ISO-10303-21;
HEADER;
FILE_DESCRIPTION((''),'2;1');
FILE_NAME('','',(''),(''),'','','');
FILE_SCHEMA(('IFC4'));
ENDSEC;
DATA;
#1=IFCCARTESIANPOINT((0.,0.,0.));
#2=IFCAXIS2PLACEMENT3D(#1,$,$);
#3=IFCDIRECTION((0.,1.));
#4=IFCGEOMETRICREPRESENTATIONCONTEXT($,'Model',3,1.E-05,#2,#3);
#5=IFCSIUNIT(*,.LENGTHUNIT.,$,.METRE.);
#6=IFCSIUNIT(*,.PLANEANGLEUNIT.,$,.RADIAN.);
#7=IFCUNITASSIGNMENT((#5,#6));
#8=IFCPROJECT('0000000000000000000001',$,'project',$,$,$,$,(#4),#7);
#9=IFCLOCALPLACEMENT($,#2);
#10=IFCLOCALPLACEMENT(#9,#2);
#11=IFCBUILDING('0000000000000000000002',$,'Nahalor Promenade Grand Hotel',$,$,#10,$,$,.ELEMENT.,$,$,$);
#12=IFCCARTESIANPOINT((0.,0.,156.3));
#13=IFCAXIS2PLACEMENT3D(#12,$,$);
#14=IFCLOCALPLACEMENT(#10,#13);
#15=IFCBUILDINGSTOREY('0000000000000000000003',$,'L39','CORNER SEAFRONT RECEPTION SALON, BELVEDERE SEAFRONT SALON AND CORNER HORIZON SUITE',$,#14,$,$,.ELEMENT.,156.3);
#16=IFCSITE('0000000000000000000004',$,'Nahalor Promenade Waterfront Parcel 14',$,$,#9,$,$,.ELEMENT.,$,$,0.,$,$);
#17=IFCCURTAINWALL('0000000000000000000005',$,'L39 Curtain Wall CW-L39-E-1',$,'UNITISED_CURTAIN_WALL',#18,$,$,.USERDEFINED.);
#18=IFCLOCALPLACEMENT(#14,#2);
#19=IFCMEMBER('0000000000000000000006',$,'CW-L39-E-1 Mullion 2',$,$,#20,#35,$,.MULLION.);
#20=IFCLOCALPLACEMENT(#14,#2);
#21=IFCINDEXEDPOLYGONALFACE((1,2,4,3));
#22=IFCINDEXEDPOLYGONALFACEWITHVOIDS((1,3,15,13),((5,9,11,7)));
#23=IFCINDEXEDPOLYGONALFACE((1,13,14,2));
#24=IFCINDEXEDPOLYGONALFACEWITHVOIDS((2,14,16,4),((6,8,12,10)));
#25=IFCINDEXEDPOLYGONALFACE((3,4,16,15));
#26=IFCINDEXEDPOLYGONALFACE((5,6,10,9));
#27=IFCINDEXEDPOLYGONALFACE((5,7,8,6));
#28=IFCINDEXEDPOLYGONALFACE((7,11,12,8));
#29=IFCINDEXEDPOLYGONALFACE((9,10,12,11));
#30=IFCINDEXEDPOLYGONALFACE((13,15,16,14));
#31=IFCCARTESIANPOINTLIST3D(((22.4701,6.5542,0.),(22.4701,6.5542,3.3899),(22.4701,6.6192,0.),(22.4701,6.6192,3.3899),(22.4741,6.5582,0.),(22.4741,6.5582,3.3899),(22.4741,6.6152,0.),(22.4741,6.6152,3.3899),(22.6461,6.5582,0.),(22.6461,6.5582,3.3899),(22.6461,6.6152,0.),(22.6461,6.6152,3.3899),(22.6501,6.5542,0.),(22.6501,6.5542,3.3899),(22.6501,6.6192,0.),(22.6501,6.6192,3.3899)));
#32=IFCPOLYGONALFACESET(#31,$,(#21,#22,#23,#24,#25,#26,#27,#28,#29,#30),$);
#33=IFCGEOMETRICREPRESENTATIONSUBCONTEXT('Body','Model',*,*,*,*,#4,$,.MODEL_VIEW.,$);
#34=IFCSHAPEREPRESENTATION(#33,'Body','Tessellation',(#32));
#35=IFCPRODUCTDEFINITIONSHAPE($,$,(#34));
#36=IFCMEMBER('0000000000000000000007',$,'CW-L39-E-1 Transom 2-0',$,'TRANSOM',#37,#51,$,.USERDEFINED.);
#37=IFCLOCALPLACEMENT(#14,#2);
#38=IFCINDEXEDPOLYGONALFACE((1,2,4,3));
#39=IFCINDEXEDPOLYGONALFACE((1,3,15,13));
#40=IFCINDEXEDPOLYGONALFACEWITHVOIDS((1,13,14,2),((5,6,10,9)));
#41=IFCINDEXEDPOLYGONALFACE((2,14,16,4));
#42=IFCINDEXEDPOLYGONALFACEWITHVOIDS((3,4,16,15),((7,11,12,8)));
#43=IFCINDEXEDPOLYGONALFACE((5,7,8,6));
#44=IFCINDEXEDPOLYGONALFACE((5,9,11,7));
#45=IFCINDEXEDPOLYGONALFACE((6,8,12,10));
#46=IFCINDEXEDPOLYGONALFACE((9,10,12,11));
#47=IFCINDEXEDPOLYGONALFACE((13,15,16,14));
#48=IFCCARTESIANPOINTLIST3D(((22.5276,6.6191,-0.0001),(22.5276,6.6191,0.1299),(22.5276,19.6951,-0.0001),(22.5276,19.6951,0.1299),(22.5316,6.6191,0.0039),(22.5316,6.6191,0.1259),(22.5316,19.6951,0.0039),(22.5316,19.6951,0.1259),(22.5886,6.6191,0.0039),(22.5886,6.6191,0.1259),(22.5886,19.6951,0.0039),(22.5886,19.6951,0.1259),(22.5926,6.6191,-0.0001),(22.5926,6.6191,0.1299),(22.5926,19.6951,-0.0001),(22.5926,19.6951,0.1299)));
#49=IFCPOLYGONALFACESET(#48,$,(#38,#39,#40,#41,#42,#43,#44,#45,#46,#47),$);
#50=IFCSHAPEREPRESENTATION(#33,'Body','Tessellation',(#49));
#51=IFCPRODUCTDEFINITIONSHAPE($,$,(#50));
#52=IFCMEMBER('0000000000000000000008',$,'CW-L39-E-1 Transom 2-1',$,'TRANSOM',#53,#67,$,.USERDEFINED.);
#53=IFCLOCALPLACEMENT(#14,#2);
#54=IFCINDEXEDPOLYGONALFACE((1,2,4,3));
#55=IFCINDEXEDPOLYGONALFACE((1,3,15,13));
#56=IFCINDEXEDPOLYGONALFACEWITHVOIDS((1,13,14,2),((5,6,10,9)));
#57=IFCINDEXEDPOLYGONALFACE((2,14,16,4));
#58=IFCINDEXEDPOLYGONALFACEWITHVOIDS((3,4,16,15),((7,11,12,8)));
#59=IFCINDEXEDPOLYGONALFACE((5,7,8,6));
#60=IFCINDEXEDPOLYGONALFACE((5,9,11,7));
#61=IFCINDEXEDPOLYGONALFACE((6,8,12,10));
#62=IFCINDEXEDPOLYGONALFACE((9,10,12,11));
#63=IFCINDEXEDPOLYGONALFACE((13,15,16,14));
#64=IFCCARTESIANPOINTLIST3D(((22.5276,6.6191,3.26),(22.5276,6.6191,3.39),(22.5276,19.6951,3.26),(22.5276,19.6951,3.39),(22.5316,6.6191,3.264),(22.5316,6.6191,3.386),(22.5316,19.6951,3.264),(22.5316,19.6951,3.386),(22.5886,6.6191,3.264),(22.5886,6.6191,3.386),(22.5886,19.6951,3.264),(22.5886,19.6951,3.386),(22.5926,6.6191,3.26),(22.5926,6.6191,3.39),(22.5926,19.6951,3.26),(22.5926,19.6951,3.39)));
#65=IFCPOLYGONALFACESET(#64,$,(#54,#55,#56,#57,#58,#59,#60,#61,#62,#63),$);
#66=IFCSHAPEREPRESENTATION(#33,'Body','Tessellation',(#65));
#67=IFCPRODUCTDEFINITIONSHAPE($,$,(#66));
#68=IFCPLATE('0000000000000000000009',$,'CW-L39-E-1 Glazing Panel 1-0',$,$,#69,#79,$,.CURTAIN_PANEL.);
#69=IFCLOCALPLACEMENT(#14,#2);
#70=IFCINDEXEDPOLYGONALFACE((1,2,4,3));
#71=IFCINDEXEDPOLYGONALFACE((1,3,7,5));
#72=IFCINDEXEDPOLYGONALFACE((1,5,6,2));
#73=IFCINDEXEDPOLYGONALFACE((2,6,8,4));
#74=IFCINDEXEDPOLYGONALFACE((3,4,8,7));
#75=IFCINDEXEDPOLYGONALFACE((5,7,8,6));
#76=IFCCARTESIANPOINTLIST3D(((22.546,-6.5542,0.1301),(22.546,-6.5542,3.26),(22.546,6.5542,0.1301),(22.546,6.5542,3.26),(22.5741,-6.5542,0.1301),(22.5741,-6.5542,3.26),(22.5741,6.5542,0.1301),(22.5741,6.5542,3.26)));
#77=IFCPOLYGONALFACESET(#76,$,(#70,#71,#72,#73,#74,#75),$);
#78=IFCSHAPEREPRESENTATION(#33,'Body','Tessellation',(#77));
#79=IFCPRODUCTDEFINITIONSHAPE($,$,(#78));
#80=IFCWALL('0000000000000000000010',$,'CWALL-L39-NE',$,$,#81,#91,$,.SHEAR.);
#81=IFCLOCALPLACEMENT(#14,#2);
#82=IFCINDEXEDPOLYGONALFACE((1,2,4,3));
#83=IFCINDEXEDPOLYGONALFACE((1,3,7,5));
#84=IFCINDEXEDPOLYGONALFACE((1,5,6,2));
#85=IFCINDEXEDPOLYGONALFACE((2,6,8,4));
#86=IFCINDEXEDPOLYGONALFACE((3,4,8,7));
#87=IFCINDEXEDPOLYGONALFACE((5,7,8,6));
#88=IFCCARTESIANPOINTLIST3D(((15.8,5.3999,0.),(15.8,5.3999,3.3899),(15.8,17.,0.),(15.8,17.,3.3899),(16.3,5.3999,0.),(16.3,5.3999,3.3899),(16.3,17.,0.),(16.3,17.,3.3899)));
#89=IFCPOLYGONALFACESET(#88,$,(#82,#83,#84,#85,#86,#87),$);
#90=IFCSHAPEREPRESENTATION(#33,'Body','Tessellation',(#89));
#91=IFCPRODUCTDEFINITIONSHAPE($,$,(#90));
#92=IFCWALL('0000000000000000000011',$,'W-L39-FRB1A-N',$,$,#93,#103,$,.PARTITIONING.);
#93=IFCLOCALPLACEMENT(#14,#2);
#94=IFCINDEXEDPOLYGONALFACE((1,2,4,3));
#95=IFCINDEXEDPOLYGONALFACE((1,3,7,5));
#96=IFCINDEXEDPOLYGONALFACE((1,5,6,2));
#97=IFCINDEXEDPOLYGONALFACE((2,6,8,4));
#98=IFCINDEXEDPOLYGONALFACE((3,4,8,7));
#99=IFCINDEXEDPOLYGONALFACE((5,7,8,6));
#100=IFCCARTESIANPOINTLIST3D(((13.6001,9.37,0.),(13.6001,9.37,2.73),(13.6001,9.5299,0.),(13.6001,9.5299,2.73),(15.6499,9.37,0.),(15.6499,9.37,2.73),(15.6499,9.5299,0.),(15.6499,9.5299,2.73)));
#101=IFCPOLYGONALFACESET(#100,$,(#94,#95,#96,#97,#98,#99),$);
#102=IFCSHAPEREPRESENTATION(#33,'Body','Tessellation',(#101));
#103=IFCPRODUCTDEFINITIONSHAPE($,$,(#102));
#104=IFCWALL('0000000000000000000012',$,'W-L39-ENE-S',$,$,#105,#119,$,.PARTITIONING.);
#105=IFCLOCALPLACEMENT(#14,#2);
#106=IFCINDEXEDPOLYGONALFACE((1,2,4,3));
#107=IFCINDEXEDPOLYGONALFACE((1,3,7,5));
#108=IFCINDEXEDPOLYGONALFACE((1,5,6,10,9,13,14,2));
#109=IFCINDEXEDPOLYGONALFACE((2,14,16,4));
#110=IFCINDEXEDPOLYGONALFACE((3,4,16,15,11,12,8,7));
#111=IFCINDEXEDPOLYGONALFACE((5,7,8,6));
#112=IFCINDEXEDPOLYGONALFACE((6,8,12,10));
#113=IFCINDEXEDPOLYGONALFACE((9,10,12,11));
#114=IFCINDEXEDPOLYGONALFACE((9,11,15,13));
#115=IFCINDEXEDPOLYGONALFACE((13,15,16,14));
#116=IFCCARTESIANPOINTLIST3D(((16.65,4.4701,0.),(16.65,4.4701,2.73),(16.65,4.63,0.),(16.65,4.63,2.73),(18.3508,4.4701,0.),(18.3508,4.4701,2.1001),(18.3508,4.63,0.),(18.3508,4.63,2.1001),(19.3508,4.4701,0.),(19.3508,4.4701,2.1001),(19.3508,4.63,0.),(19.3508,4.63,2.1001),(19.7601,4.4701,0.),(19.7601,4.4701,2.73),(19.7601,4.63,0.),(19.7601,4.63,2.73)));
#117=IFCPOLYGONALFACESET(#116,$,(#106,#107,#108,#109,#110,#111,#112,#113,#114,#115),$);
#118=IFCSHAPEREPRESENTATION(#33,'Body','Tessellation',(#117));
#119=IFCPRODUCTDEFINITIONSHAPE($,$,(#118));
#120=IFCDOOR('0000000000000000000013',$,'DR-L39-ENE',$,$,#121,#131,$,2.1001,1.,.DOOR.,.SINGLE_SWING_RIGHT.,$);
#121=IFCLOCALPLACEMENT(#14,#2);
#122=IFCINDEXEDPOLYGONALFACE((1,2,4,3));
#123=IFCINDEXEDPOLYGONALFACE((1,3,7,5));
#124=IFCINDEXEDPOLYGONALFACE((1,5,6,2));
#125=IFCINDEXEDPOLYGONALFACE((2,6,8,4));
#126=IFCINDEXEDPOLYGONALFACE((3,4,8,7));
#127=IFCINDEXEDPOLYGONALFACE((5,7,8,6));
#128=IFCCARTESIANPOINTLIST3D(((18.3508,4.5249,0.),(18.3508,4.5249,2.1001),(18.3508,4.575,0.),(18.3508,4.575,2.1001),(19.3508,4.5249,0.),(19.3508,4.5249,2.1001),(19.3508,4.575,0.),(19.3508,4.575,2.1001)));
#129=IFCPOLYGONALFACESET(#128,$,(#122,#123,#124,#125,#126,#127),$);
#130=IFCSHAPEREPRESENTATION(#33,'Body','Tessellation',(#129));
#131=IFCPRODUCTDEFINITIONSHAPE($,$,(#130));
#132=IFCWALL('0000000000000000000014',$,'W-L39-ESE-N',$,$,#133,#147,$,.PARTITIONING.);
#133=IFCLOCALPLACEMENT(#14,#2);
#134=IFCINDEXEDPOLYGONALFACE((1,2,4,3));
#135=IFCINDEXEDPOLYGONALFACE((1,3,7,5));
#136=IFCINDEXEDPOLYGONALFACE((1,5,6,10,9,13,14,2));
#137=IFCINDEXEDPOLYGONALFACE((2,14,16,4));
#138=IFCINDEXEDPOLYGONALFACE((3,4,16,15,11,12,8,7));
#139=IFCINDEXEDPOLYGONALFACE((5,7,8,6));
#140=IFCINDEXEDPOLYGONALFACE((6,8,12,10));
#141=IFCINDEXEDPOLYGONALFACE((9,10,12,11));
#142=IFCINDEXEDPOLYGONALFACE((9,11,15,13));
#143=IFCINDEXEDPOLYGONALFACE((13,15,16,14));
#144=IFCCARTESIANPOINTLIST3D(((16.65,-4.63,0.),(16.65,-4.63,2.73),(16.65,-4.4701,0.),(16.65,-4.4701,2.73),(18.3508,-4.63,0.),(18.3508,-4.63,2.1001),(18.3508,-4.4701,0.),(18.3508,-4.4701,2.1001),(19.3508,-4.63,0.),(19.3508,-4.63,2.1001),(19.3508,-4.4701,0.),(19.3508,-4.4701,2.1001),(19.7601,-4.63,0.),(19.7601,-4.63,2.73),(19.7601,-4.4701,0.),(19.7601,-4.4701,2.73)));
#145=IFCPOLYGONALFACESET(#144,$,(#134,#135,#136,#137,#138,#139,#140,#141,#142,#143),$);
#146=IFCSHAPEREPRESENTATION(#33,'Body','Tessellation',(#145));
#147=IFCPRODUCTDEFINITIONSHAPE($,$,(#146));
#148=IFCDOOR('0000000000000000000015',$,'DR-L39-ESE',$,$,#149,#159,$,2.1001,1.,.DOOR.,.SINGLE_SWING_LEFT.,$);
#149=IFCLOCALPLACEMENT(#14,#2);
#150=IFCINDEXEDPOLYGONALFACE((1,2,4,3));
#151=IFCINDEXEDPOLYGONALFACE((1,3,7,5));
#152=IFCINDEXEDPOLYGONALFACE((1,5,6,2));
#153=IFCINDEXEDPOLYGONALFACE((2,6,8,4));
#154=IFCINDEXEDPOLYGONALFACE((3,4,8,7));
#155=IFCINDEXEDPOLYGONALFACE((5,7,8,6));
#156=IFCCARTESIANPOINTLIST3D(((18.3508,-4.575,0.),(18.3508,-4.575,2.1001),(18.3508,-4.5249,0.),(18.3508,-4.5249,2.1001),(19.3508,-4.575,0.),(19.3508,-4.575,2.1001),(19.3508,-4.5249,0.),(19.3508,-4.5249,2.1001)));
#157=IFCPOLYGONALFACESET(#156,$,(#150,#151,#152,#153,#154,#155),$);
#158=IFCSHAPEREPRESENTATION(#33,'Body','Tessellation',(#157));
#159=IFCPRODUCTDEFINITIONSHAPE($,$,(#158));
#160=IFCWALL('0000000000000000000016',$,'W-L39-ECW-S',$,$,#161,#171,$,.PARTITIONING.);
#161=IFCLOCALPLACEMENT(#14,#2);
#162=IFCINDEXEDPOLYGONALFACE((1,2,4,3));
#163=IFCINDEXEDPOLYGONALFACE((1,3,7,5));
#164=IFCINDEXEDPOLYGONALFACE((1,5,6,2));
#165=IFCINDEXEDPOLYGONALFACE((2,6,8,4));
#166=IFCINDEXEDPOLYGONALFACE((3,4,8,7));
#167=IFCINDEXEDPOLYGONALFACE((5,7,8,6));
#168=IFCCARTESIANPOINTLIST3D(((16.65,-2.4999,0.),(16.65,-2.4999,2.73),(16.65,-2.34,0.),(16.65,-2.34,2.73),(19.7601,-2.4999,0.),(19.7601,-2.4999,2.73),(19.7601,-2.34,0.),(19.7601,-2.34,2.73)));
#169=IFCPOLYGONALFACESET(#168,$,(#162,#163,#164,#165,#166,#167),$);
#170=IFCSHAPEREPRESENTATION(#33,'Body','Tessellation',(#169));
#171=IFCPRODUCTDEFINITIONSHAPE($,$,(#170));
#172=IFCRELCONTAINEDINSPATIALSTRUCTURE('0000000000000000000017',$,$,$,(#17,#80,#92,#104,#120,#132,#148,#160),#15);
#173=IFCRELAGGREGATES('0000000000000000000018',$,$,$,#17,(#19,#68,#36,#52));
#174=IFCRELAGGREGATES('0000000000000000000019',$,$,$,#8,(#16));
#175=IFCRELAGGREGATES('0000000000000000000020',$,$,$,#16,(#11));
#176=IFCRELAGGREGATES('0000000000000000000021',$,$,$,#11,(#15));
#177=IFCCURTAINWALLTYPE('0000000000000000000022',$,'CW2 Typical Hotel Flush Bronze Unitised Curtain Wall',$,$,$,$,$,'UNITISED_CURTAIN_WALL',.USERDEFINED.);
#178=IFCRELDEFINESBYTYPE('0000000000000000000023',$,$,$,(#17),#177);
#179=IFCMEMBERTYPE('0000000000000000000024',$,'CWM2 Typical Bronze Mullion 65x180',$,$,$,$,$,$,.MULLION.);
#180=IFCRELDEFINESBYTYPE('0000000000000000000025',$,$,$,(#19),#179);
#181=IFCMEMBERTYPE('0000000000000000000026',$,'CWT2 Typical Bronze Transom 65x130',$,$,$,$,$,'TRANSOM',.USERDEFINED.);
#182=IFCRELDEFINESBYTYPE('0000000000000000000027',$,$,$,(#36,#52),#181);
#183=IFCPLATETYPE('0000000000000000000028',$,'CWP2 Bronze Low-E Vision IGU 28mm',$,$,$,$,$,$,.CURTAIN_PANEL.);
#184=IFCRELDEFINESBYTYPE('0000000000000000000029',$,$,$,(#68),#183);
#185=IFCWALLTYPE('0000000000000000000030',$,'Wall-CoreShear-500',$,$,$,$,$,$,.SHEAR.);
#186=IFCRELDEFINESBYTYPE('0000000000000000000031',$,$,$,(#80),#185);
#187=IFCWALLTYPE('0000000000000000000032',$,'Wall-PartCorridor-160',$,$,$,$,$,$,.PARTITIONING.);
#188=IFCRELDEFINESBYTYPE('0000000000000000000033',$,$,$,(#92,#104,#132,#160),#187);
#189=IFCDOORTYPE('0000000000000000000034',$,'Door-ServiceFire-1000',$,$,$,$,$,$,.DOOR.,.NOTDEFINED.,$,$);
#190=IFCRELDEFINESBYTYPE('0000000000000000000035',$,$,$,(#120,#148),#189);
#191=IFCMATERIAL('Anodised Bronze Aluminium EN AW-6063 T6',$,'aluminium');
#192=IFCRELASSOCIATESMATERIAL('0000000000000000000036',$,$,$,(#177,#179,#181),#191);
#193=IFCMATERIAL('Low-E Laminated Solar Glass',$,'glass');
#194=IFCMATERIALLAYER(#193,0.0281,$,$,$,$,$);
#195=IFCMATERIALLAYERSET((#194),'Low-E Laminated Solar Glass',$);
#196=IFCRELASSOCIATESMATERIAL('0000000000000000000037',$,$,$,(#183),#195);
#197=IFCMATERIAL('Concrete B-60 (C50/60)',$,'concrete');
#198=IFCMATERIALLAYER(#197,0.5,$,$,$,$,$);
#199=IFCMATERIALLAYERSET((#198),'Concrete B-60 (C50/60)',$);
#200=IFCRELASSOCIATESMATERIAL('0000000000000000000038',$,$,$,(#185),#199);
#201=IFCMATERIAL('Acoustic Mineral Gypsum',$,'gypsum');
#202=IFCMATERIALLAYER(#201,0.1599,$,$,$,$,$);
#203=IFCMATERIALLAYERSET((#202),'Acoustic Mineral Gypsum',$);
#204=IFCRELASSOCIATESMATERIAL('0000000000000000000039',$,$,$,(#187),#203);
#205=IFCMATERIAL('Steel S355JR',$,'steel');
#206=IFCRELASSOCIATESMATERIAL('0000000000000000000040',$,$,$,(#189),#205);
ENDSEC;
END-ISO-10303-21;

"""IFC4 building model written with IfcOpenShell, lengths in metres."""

from ifc_helpers import new_model, si_unit, direction, frame, frame_2d, origin, origin_2d, place, context, subcontext, project, spatial, rectangle, hollow_rectangle, extrude, source, transform, mapped, material, layer, layer_set, material_profile, profile_set, type_object, element, fill, aggregate, save


model = new_model("IFC4")

# Units and contexts
model_context = context("Model", 3, precision=1e-05, world=origin(), true_north=direction((0.0, 1.0)))
body_context = subcontext(model_context, "Body", "Model", "MODEL_VIEW")
ifc_project = project(units=[si_unit("LENGTHUNIT", "METRE"), si_unit("PLANEANGLEUNIT", "RADIAN")], contexts=[model_context])

# Site, building, storey
site_placement = place(None, origin())
site = spatial("IfcSite", under=ifc_project, at=site_placement, Name="Nahalor Promenade Waterfront Parcel 14", CompositionType="ELEMENT", RefElevation=0.0)
building_placement = place(site_placement, origin())
building = spatial("IfcBuilding", under=site, at=building_placement, Name="Nahalor Promenade Grand Hotel", CompositionType="ELEMENT")
storey_placement = place(building_placement, frame((0.0, 0.0, 156.3)))
storey = spatial("IfcBuildingStorey", under=building, at=storey_placement, Name="L39", Description="CORNER SEAFRONT RECEPTION SALON, BELVEDERE SEAFRONT SALON AND CORNER HORIZON SUITE", CompositionType="ELEMENT", Elevation=156.3)

# Shared definitions
ifc_material_1 = material(Name="Steel S355JR", Category="steel")

# Curtain wall, members, plate
ifc_material_2 = material(Name="Anodised Bronze Aluminium EN AW-6063 T6", Category="aluminium")
curtain_wall_type = type_object("IfcCurtainWallType", Name="CW2 Typical Hotel Flush Bronze Unitised Curtain Wall", ElementType="UNITISED_CURTAIN_WALL", PredefinedType="USERDEFINED", material=ifc_material_2)
curtain_wall_placement = place(storey_placement, origin())
curtain_wall = element("IfcCurtainWall", 1, at=curtain_wall_placement, inside=storey, type_object=curtain_wall_type, Name="L39 Curtain Wall CW-L39-E-1", ObjectType="UNITISED_CURTAIN_WALL", PredefinedType="USERDEFINED")
ifc_material_profile_1 = material_profile(ifc_material_2, hollow_rectangle(XDim=0.065, YDim=0.18, WallThickness=0.004, at=origin_2d()), Name="CWM 65x180x4")
ifc_profile_set_1 = profile_set([ifc_material_profile_1], Name="Anodised Bronze Aluminium EN AW-6063 T6")
member_type_1 = type_object("IfcMemberType", Name="CWM2 Typical Bronze Mullion 65x180", PredefinedType="MULLION", material=ifc_profile_set_1)
shared_shape_1 = source(origin(), body_context, "Body", "SweptSolid", [
    extrude(hollow_rectangle(XDim=0.065, YDim=0.18, WallThickness=0.004, at=origin_2d()), origin(), (0.0, 0.0, 1.0), 3.3899),
])
member_1_placement = place(storey_placement, frame((22.5601, 6.5867, 0.0), z_axis=(0.0, 0.0, 1.0), x_axis=(0.0, 1.0, 0.0)))
member_1 = element("IfcMember", 2, at=member_1_placement, type_object=member_type_1, Name="CW-L39-E-1 Mullion 2", PredefinedType="MULLION", context=body_context, shape_type="MappedRepresentation", body=[
    mapped(shared_shape_1, transform((0.0, 0.0, 0.0), scale=1.0)),
])
ifc_material_profile_2 = material_profile(ifc_material_2, hollow_rectangle(XDim=0.065, YDim=0.13, WallThickness=0.004, at=origin_2d()), Name="CWT 65x130x4")
ifc_profile_set_2 = profile_set([ifc_material_profile_2], Name="Anodised Bronze Aluminium EN AW-6063 T6")
member_type_2 = type_object("IfcMemberType", Name="CWT2 Typical Bronze Transom 65x130", ElementType="TRANSOM", PredefinedType="USERDEFINED", material=ifc_profile_set_2)
shared_shape_2 = source(origin(), body_context, "Body", "SweptSolid", [
    extrude(hollow_rectangle(XDim=0.065, YDim=0.13, WallThickness=0.004, at=origin_2d()), origin(), (0.0, 0.0, 1.0), 13.0759),
])
member_2_placement = place(storey_placement, frame((22.5601, 6.6191, 0.0649), z_axis=(0.0, 1.0, 0.0), x_axis=(-1.0, 0.0, 0.0)))
member_2 = element("IfcMember", 3, at=member_2_placement, type_object=member_type_2, Name="CW-L39-E-1 Transom 2-0", ObjectType="TRANSOM", PredefinedType="USERDEFINED", context=body_context, shape_type="MappedRepresentation", body=[
    mapped(shared_shape_2, transform((0.0, 0.0, 0.0), scale=1.0)),
])
member_3_placement = place(storey_placement, frame((22.5601, 6.6191, 3.325), z_axis=(0.0, 1.0, 0.0), x_axis=(-1.0, 0.0, 0.0)))
member_3 = element("IfcMember", 4, at=member_3_placement, type_object=member_type_2, Name="CW-L39-E-1 Transom 2-1", ObjectType="TRANSOM", PredefinedType="USERDEFINED", context=body_context, shape_type="MappedRepresentation", body=[
    mapped(shared_shape_2, transform((0.0, 0.0, 0.0), scale=1.0)),
])
ifc_material_3 = material(Name="Low-E Laminated Solar Glass", Category="glass")
ifc_layer_1 = layer(ifc_material_3, 0.0281)
ifc_layer_set_1 = layer_set([ifc_layer_1], Name="Low-E Laminated Solar Glass")
plate_type = type_object("IfcPlateType", Name="CWP2 Bronze Low-E Vision IGU 28mm", PredefinedType="CURTAIN_PANEL", material=ifc_layer_set_1)
shared_shape_3 = source(origin(), body_context, "Body", "SweptSolid", [
    extrude(rectangle(XDim=13.1084, YDim=0.0281, at=origin_2d()), origin(), (0.0, 0.0, 1.0), 3.1299),
])
plate_placement = place(storey_placement, frame((22.5601, 0.0, 0.1301), z_axis=(0.0, 0.0, 1.0), x_axis=(0.0, 1.0, 0.0)))
plate = element("IfcPlate", 5, at=plate_placement, type_object=plate_type, Name="CW-L39-E-1 Glazing Panel 1-0", PredefinedType="CURTAIN_PANEL", context=body_context, shape_type="MappedRepresentation", body=[
    mapped(shared_shape_3, transform((0.0, 0.0, 0.0), scale=1.0)),
])
aggregate(curtain_wall, [member_1, plate, member_2, member_3])

# Walls
ifc_material_4 = material(Name="Concrete B-60 (C50/60)", Category="concrete")
ifc_layer_2 = layer(ifc_material_4, 0.5)
ifc_layer_set_2 = layer_set([ifc_layer_2], Name="Concrete B-60 (C50/60)")
wall_type_1 = type_object("IfcWallType", Name="Wall-CoreShear-500", PredefinedType="SHEAR", material=ifc_layer_set_2)
shared_shape_4 = source(origin(), body_context, "Body", "SweptSolid", [
    extrude(rectangle(XDim=11.6001, YDim=0.5, at=frame_2d((5.8, 0.0))), origin(), (0.0, 0.0, 1.0), 3.3899),
])
wall_1_placement = place(storey_placement, frame((16.05, 5.3999, 0.0), z_axis=(0.0, 0.0, 1.0), x_axis=(0.0, 1.0, 0.0)))
element("IfcWall", 6, at=wall_1_placement, inside=storey, type_object=wall_type_1, Name="CWALL-L39-NE", PredefinedType="SHEAR", context=body_context, shape_type="MappedRepresentation", body=[
    mapped(shared_shape_4, transform((0.0, 0.0, 0.0), scale=1.0)),
])
ifc_material_5 = material(Name="Acoustic Mineral Gypsum", Category="gypsum")
ifc_layer_3 = layer(ifc_material_5, 0.1599)
ifc_layer_set_3 = layer_set([ifc_layer_3], Name="Acoustic Mineral Gypsum")
wall_type_2 = type_object("IfcWallType", Name="Wall-PartCorridor-160", PredefinedType="PARTITIONING", material=ifc_layer_set_3)
shared_shape_5 = source(origin(), body_context, "Body", "SweptSolid", [
    extrude(rectangle(XDim=2.0498, YDim=0.1599, at=frame_2d((1.0249, 0.0))), origin(), (0.0, 0.0, 1.0), 2.73),
])
wall_2_placement = place(storey_placement, frame((13.6001, 9.45, 0.0), z_axis=(0.0, 0.0, 1.0), x_axis=(1.0, 0.0, 0.0)))
element("IfcWall", 7, at=wall_2_placement, inside=storey, type_object=wall_type_2, Name="W-L39-FRB1A-N", PredefinedType="PARTITIONING", context=body_context, shape_type="MappedRepresentation", body=[
    mapped(shared_shape_5, transform((0.0, 0.0, 0.0), scale=1.0)),
])

# Walls, openings, doors
shared_shape_6 = source(origin(), body_context, "Body", "SweptSolid", [
    extrude(rectangle(XDim=3.1101, YDim=0.1599, at=frame_2d((1.5552, 0.0))), origin(), (0.0, 0.0, 1.0), 2.73),
])
wall_3_placement = place(storey_placement, frame((16.6499, 4.55, 0.0), z_axis=(0.0, 0.0, 1.0), x_axis=(1.0, 0.0, 0.0)))
wall_3 = element("IfcWall", 8, at=wall_3_placement, inside=storey, type_object=wall_type_2, Name="W-L39-ENE-S", PredefinedType="PARTITIONING", context=body_context, shape_type="MappedRepresentation", body=[
    mapped(shared_shape_6, transform((0.0, 0.0, 0.0), scale=1.0)),
])
opening_1_placement = place(wall_3_placement, frame((1.7009, 0.0, 0.0)))
opening_1 = element("IfcOpeningElement", 9, at=opening_1_placement, cuts=wall_3, PredefinedType="OPENING", context=body_context, shape_type="SweptSolid", body=[
    extrude(rectangle(XDim=1.0, YDim=2.1001, at=frame_2d((0.5, 1.05))), frame((0.0, 0.0898, 0.0), z_axis=(0.0, -1.0, 0.0), x_axis=(1.0, 0.0, 0.0)), (0.0, 0.0, 1.0), 0.1799),
])
door_type_1 = type_object("IfcDoorType", Name="Door-ServiceFire-1000", OperationType="NOTDEFINED", PredefinedType="DOOR", material=ifc_material_1)
shared_shape_7 = source(origin(), body_context, "Body", "SweptSolid", [
    extrude(rectangle(XDim=1.0, YDim=2.1001, at=frame_2d((0.5, 1.05))), frame((0.0, 0.0249, 0.0), z_axis=(0.0, -1.0, 0.0), x_axis=(1.0, 0.0, 0.0)), (0.0, 0.0, 1.0), 0.05),
])
door_1_placement = place(opening_1_placement, origin())
door_1 = element("IfcDoor", 10, at=door_1_placement, inside=storey, type_object=door_type_1, Name="DR-L39-ENE", OperationType="SINGLE_SWING_RIGHT", OverallHeight=2.1001, OverallWidth=1.0, PredefinedType="DOOR", context=body_context, shape_type="MappedRepresentation", body=[
    mapped(shared_shape_7, transform((0.0, 0.0, 0.0), scale=1.0)),
])
fill(opening_1, door_1)
wall_4_placement = place(storey_placement, frame((16.6499, -4.55, 0.0), z_axis=(0.0, 0.0, 1.0), x_axis=(1.0, 0.0, 0.0)))
wall_4 = element("IfcWall", 11, at=wall_4_placement, inside=storey, type_object=wall_type_2, Name="W-L39-ESE-N", PredefinedType="PARTITIONING", context=body_context, shape_type="MappedRepresentation", body=[
    mapped(shared_shape_6, transform((0.0, 0.0, 0.0), scale=1.0)),
])
opening_2_placement = place(wall_4_placement, frame((1.7009, 0.0, 0.0)))
opening_2 = element("IfcOpeningElement", 12, at=opening_2_placement, cuts=wall_4, PredefinedType="OPENING", context=body_context, shape_type="SweptSolid", body=[
    extrude(rectangle(XDim=1.0, YDim=2.1001, at=frame_2d((0.5, 1.05))), frame((0.0, 0.0898, 0.0), z_axis=(0.0, -1.0, 0.0), x_axis=(1.0, 0.0, 0.0)), (0.0, 0.0, 1.0), 0.1799),
])
door_2_placement = place(opening_2_placement, frame((1.0, 0.0, 0.0), z_axis=(0.0, 0.0, 1.0), x_axis=(-1.0, 0.0, 0.0)))
door_2 = element("IfcDoor", 13, at=door_2_placement, inside=storey, type_object=door_type_1, Name="DR-L39-ESE", OperationType="SINGLE_SWING_LEFT", OverallHeight=2.1001, OverallWidth=1.0, PredefinedType="DOOR", context=body_context, shape_type="MappedRepresentation", body=[
    mapped(shared_shape_7, transform((0.0, 0.0, 0.0), scale=1.0)),
])
fill(opening_2, door_2)

# Wall
wall_5_placement = place(storey_placement, frame((16.6499, -2.4199, 0.0), z_axis=(0.0, 0.0, 1.0), x_axis=(1.0, 0.0, 0.0)))
element("IfcWall", 14, at=wall_5_placement, inside=storey, type_object=wall_type_2, Name="W-L39-ECW-S", PredefinedType="PARTITIONING", context=body_context, shape_type="MappedRepresentation", body=[
    mapped(shared_shape_6, transform((0.0, 0.0, 0.0), scale=1.0)),
])

save(model, "model.ifc")
